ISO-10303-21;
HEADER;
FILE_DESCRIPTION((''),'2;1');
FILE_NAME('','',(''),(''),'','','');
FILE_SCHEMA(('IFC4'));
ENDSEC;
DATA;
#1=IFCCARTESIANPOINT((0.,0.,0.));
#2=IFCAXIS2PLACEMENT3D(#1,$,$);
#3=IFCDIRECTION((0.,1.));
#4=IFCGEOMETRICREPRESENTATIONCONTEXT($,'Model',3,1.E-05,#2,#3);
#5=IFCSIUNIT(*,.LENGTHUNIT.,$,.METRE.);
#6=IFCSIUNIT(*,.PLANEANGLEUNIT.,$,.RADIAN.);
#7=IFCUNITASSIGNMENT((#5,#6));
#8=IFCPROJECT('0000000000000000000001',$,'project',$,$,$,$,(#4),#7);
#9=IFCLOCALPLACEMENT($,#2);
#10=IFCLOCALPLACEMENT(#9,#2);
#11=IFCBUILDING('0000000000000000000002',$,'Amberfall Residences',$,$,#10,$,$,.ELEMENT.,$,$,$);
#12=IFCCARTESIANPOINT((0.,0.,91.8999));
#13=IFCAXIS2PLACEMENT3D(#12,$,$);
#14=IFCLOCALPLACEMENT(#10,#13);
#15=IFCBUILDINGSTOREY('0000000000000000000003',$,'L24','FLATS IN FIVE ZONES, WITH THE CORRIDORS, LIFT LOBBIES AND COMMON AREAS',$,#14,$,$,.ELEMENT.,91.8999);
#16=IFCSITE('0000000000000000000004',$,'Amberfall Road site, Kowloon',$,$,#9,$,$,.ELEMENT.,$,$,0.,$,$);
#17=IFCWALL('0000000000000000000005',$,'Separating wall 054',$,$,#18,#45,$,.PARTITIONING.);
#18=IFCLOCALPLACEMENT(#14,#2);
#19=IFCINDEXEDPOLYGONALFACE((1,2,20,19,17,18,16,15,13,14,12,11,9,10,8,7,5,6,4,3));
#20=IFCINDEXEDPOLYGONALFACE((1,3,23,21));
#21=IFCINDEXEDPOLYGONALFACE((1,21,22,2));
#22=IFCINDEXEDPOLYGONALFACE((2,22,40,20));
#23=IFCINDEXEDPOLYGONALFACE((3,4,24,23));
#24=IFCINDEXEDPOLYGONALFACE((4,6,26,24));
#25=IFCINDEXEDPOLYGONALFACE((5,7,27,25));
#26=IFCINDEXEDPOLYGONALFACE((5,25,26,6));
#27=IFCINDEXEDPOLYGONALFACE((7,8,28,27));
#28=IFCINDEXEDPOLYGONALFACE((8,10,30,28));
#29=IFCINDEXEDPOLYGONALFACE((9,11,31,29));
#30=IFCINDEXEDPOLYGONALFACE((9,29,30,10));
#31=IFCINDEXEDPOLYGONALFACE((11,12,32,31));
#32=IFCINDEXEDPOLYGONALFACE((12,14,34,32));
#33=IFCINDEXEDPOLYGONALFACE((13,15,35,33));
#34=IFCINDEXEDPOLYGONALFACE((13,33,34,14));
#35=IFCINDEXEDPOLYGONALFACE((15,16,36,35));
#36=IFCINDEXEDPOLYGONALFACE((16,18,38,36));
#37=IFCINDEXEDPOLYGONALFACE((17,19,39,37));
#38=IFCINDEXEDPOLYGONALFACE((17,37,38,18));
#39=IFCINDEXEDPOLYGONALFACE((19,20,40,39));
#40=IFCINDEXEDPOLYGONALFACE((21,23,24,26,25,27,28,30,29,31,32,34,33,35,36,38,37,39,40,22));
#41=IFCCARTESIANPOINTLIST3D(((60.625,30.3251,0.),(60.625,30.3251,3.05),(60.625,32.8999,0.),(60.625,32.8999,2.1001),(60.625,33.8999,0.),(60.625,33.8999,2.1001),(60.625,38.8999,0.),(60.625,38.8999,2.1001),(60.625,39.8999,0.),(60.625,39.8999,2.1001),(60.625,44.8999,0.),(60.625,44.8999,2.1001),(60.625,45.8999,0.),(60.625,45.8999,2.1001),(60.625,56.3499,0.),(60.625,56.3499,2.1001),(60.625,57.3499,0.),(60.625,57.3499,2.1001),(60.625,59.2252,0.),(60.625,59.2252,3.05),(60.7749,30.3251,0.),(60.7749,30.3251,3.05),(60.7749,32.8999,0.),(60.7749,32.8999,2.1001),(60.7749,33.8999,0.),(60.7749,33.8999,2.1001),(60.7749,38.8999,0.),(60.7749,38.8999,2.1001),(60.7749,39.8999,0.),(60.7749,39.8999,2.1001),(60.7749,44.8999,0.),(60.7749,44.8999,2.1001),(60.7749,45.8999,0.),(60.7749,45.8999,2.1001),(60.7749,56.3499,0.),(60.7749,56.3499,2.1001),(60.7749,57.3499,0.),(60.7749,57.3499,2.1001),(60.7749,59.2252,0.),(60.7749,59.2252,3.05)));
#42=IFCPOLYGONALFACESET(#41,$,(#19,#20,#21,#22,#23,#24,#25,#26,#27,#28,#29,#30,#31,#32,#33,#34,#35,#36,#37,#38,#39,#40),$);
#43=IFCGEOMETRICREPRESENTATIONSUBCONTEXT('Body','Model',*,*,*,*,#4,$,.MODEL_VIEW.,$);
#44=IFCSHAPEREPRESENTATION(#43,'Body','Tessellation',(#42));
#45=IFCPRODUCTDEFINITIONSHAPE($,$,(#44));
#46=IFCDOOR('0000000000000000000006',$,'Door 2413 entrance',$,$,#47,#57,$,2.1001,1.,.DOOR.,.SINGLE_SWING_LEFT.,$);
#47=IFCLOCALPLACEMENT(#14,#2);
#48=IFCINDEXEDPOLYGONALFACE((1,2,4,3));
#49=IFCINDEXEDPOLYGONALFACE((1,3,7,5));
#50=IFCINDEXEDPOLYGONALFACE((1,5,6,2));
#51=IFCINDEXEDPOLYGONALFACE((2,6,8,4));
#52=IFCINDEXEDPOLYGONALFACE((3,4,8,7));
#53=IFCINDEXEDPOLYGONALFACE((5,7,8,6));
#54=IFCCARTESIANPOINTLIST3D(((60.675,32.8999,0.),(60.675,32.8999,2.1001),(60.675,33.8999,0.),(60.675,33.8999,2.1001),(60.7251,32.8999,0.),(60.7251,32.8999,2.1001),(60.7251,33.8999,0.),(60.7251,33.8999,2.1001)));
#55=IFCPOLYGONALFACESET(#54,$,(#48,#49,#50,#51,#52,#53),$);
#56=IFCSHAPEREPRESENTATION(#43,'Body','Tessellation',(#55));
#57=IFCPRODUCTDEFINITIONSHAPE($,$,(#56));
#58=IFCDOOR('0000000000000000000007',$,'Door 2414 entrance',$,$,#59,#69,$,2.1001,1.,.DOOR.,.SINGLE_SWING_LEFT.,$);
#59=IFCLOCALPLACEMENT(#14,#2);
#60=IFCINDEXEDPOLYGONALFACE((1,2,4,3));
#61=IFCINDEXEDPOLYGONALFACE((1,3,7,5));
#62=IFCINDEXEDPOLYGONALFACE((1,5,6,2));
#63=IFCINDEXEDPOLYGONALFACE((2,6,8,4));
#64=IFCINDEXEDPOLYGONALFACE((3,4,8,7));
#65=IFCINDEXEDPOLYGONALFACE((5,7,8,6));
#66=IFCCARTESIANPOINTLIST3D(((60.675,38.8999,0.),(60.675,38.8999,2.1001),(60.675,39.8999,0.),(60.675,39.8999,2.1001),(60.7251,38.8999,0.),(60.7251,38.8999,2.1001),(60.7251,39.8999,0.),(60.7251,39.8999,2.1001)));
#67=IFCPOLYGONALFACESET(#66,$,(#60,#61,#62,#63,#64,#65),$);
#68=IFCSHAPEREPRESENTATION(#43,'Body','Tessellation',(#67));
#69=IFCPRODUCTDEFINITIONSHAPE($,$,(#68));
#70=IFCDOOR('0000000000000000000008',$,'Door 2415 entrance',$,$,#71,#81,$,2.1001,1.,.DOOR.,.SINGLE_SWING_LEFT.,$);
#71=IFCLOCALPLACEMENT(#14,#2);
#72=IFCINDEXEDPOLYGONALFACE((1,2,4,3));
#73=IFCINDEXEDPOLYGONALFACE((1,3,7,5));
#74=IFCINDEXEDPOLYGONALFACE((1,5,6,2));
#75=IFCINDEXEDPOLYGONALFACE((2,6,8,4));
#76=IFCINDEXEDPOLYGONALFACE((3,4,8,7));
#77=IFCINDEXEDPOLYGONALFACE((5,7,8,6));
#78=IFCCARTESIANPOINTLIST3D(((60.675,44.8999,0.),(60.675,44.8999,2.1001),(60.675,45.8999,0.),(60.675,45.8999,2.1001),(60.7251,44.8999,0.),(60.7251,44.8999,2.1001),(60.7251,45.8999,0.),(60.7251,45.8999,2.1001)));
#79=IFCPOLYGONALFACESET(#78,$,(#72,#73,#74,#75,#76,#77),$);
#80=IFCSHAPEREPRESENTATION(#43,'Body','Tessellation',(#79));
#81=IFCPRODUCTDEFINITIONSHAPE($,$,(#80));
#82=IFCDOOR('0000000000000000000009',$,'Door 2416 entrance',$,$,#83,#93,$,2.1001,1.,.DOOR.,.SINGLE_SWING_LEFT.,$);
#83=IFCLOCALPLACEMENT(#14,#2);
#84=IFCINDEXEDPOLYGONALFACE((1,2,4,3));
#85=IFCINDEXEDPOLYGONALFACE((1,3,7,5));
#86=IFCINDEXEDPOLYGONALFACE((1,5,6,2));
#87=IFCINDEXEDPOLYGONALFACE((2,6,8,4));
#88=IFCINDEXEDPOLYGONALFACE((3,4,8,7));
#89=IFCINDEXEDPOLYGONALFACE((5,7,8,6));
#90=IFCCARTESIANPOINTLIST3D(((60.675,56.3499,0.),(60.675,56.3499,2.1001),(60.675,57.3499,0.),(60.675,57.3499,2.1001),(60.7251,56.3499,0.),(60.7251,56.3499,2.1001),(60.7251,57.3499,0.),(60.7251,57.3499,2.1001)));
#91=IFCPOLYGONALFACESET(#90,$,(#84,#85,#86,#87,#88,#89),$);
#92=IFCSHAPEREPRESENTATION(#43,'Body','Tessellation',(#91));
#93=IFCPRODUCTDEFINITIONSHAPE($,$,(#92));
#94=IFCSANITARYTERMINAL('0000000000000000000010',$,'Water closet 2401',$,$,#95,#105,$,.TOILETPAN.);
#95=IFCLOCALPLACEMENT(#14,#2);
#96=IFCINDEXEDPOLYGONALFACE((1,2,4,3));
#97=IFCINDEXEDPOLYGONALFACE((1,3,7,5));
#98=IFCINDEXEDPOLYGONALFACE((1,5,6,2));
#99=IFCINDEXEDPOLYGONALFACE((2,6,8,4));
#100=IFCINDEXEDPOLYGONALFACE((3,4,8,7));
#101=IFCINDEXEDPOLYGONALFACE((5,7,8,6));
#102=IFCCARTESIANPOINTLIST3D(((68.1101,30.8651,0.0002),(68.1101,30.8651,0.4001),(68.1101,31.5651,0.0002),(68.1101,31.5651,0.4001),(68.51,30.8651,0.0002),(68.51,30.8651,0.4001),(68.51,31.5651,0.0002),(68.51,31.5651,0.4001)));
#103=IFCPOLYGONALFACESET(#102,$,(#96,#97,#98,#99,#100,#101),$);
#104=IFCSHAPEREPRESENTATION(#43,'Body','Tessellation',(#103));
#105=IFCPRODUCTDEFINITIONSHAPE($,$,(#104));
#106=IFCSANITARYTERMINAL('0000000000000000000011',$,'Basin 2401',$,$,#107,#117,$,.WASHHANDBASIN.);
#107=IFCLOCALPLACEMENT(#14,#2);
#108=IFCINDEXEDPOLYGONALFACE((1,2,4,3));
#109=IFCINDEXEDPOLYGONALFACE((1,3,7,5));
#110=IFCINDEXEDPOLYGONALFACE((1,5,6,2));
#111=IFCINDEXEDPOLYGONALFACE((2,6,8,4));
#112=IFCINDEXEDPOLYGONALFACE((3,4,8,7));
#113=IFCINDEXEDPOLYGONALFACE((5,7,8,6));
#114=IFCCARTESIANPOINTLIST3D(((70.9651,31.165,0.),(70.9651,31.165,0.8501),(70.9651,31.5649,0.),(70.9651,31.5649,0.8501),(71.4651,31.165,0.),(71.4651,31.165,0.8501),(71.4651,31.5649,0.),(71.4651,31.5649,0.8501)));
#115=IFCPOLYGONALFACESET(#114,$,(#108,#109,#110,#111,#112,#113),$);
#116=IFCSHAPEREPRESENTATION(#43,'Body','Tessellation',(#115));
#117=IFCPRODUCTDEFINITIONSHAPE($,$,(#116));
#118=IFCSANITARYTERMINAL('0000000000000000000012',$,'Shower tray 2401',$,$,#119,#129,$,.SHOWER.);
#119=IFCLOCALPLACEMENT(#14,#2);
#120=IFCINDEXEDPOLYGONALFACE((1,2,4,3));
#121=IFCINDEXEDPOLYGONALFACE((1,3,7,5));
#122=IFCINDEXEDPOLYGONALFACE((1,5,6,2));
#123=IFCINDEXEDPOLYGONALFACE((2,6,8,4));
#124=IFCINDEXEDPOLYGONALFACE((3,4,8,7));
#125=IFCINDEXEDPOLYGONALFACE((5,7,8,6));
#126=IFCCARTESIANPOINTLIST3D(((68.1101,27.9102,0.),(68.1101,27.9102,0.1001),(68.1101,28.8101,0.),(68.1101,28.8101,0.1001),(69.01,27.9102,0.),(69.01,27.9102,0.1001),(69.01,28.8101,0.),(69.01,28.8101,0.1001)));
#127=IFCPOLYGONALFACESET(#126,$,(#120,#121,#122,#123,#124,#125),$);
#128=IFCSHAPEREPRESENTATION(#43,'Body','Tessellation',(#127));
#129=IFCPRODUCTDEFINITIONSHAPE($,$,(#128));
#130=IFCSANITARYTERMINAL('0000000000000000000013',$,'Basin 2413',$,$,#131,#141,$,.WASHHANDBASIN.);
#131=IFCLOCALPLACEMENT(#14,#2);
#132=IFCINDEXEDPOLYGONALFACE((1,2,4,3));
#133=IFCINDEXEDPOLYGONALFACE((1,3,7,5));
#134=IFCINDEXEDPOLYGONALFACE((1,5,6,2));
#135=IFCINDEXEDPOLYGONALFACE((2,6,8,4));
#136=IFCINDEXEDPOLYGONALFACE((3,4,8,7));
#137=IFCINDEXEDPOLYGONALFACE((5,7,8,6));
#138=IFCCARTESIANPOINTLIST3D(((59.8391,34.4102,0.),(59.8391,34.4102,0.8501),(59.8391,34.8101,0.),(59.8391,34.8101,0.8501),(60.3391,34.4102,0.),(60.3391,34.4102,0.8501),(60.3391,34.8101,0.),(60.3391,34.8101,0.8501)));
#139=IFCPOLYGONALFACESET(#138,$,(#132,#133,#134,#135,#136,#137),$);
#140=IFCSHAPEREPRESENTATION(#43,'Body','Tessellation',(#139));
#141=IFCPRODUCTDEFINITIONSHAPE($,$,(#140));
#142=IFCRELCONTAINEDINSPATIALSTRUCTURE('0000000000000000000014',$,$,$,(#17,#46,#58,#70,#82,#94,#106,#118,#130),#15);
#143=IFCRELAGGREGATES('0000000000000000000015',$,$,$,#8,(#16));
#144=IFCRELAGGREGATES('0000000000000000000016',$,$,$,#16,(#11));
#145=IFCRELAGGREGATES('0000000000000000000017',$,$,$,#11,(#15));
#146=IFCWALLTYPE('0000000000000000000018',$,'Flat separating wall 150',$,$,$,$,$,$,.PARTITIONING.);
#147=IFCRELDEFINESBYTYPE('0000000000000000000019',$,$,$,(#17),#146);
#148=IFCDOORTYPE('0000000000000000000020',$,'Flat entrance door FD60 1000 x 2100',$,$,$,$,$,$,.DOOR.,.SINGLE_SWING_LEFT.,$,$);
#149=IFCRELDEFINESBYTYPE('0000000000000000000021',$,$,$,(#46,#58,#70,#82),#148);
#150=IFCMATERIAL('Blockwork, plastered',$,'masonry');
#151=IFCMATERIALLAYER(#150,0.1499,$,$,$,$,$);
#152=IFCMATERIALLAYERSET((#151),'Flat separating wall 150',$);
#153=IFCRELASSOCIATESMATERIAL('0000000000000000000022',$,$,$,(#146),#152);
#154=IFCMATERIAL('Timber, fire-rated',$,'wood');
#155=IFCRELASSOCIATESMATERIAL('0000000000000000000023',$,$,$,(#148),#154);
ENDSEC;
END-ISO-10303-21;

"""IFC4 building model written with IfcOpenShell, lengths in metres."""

from ifc_helpers import new_model, si_unit, direction, frame, frame_2d, origin, origin_2d, place, context, subcontext, project, spatial, rectangle, extrude, material, layer, layer_set, type_object, element, fill, save


model = new_model("IFC4")

# Units and contexts
model_context = context("Model", 3, precision=1e-05, world=origin(), true_north=direction((0.0, 1.0)))
body_context = subcontext(model_context, "Body", "Model", "MODEL_VIEW")
ifc_project = project(units=[si_unit("LENGTHUNIT", "METRE"), si_unit("PLANEANGLEUNIT", "RADIAN")], contexts=[model_context])

# Site, building, storey
site_placement = place(None, origin())
site = spatial("IfcSite", under=ifc_project, at=site_placement, Name="Amberfall Road site, Kowloon", CompositionType="ELEMENT", RefElevation=0.0)
building_placement = place(site_placement, origin())
building = spatial("IfcBuilding", under=site, at=building_placement, Name="Amberfall Residences", CompositionType="ELEMENT")
storey_placement = place(building_placement, frame((0.0, 0.0, 91.8999)))
storey = spatial("IfcBuildingStorey", under=building, at=storey_placement, Name="L24", Description="FLATS IN FIVE ZONES, WITH THE CORRIDORS, LIFT LOBBIES AND COMMON AREAS", CompositionType="ELEMENT", Elevation=91.8999)

# Wall, openings, doors
ifc_material_1 = material(Name="Blockwork, plastered", Category="masonry")
ifc_layer_1 = layer(ifc_material_1, 0.1499)
ifc_layer_set_1 = layer_set([ifc_layer_1], Name="Flat separating wall 150")
wall_type_1 = type_object("IfcWallType", Name="Flat separating wall 150", PredefinedType="PARTITIONING", material=ifc_layer_set_1)
wall_1_placement = place(storey_placement, frame((60.7, 30.325, 0.0), z_axis=(0.0, 0.0, 1.0), x_axis=(0.0, 1.0, 0.0)))
wall_1 = element("IfcWall", 1, at=wall_1_placement, inside=storey, type_object=wall_type_1, Name="Separating wall 054", PredefinedType="PARTITIONING", context=body_context, shape_type="SweptSolid", body=[
    extrude(rectangle(XDim=28.9001, YDim=0.1499, at=frame_2d((14.4502, 0.0))), origin(), (0.0, 0.0, 1.0), 3.05),
])
opening_1_placement = place(wall_1_placement, frame((2.575, 0.0, 0.0)))
opening_1 = element("IfcOpeningElement", 2, at=opening_1_placement, cuts=wall_1, PredefinedType="OPENING", context=body_context, shape_type="SweptSolid", body=[
    extrude(rectangle(XDim=1.0, YDim=2.1001, at=frame_2d((0.5, 1.05))), frame((0.0, 0.085, 0.0), z_axis=(0.0, -1.0, 0.0), x_axis=(1.0, 0.0, 0.0)), (0.0, 0.0, 1.0), 0.1699),
])
opening_2_placement = place(wall_1_placement, frame((8.575, 0.0, 0.0)))
opening_2 = element("IfcOpeningElement", 3, at=opening_2_placement, cuts=wall_1, PredefinedType="OPENING", context=body_context, shape_type="SweptSolid", body=[
    extrude(rectangle(XDim=1.0, YDim=2.1001, at=frame_2d((0.5, 1.05))), frame((0.0, 0.085, 0.0), z_axis=(0.0, -1.0, 0.0), x_axis=(1.0, 0.0, 0.0)), (0.0, 0.0, 1.0), 0.1699),
])
opening_3_placement = place(wall_1_placement, frame((14.575, 0.0, 0.0)))
opening_3 = element("IfcOpeningElement", 4, at=opening_3_placement, cuts=wall_1, PredefinedType="OPENING", context=body_context, shape_type="SweptSolid", body=[
    extrude(rectangle(XDim=1.0, YDim=2.1001, at=frame_2d((0.5, 1.05))), frame((0.0, 0.085, 0.0), z_axis=(0.0, -1.0, 0.0), x_axis=(1.0, 0.0, 0.0)), (0.0, 0.0, 1.0), 0.1699),
])
opening_4_placement = place(wall_1_placement, frame((26.0249, 0.0, 0.0)))
opening_4 = element("IfcOpeningElement", 5, at=opening_4_placement, cuts=wall_1, PredefinedType="OPENING", context=body_context, shape_type="SweptSolid", body=[
    extrude(rectangle(XDim=1.0, YDim=2.1001, at=frame_2d((0.5, 1.05))), frame((0.0, 0.085, 0.0), z_axis=(0.0, -1.0, 0.0), x_axis=(1.0, 0.0, 0.0)), (0.0, 0.0, 1.0), 0.1699),
])
ifc_material_2 = material(Name="Timber, fire-rated", Category="wood")
door_type_1 = type_object("IfcDoorType", Name="Flat entrance door FD60 1000 x 2100", OperationType="SINGLE_SWING_LEFT", PredefinedType="DOOR", material=ifc_material_2)
door_1_placement = place(opening_1_placement, origin())
door_1 = element("IfcDoor", 6, at=door_1_placement, inside=storey, type_object=door_type_1, Name="Door 2413 entrance", OperationType="SINGLE_SWING_LEFT", OverallHeight=2.1001, OverallWidth=1.0, PredefinedType="DOOR", context=body_context, shape_type="SweptSolid", body=[
    extrude(rectangle(XDim=1.0, YDim=2.1001, at=frame_2d((0.5, 1.05))), frame((0.0, 0.0249, 0.0), z_axis=(0.0, -1.0, 0.0), x_axis=(1.0, 0.0, 0.0)), (0.0, 0.0, 1.0), 0.05),
])
fill(opening_1, door_1)
door_2_placement = place(opening_2_placement, origin())
door_2 = element("IfcDoor", 7, at=door_2_placement, inside=storey, type_object=door_type_1, Name="Door 2414 entrance", OperationType="SINGLE_SWING_LEFT", OverallHeight=2.1001, OverallWidth=1.0, PredefinedType="DOOR", context=body_context, shape_type="SweptSolid", body=[
    extrude(rectangle(XDim=1.0, YDim=2.1001, at=frame_2d((0.5, 1.05))), frame((0.0, 0.0249, 0.0), z_axis=(0.0, -1.0, 0.0), x_axis=(1.0, 0.0, 0.0)), (0.0, 0.0, 1.0), 0.05),
])
fill(opening_2, door_2)
door_3_placement = place(opening_3_placement, origin())
door_3 = element("IfcDoor", 8, at=door_3_placement, inside=storey, type_object=door_type_1, Name="Door 2415 entrance", OperationType="SINGLE_SWING_LEFT", OverallHeight=2.1001, OverallWidth=1.0, PredefinedType="DOOR", context=body_context, shape_type="SweptSolid", body=[
    extrude(rectangle(XDim=1.0, YDim=2.1001, at=frame_2d((0.5, 1.05))), frame((0.0, 0.0249, 0.0), z_axis=(0.0, -1.0, 0.0), x_axis=(1.0, 0.0, 0.0)), (0.0, 0.0, 1.0), 0.05),
])
fill(opening_3, door_3)
door_4_placement = place(opening_4_placement, origin())
door_4 = element("IfcDoor", 9, at=door_4_placement, inside=storey, type_object=door_type_1, Name="Door 2416 entrance", OperationType="SINGLE_SWING_LEFT", OverallHeight=2.1001, OverallWidth=1.0, PredefinedType="DOOR", context=body_context, shape_type="SweptSolid", body=[
    extrude(rectangle(XDim=1.0, YDim=2.1001, at=frame_2d((0.5, 1.05))), frame((0.0, 0.0249, 0.0), z_axis=(0.0, -1.0, 0.0), x_axis=(1.0, 0.0, 0.0)), (0.0, 0.0, 1.0), 0.05),
])
fill(opening_4, door_4)

# Sanitary terminals
sanitary_terminal_1_placement = place(storey_placement, frame((68.3101, 31.2151, 0.0002), z_axis=(0.0, 0.0, 1.0), x_axis=(1.0, 0.0, 0.0)))
element("IfcSanitaryTerminal", 10, at=sanitary_terminal_1_placement, inside=storey, Name="Water closet 2401", PredefinedType="TOILETPAN", context=body_context, shape_type="SweptSolid", body=[
    extrude(rectangle(XDim=0.3999, YDim=0.7, at=origin_2d()), origin(), (0.0, 0.0, 1.0), 0.3999),
])
sanitary_terminal_2_placement = place(storey_placement, frame((71.2151, 31.365, 0.0), z_axis=(0.0, 0.0, 1.0), x_axis=(1.0, 0.0, 0.0)))
element("IfcSanitaryTerminal", 11, at=sanitary_terminal_2_placement, inside=storey, Name="Basin 2401", PredefinedType="WASHHANDBASIN", context=body_context, shape_type="SweptSolid", body=[
    extrude(rectangle(XDim=0.5, YDim=0.3999, at=origin_2d()), origin(), (0.0, 0.0, 1.0), 0.8501),
])
sanitary_terminal_3_placement = place(storey_placement, frame((68.5601, 28.3601, 0.0), z_axis=(0.0, 0.0, 1.0), x_axis=(1.0, 0.0, 0.0)))
element("IfcSanitaryTerminal", 12, at=sanitary_terminal_3_placement, inside=storey, Name="Shower tray 2401", PredefinedType="SHOWER", context=body_context, shape_type="SweptSolid", body=[
    extrude(rectangle(XDim=0.8999, YDim=0.8999, at=origin_2d()), origin(), (0.0, 0.0, 1.0), 0.1001),
])
sanitary_terminal_4_placement = place(storey_placement, frame((60.0891, 34.6101, 0.0), z_axis=(0.0, 0.0, 1.0), x_axis=(1.0, 0.0, 0.0)))
element("IfcSanitaryTerminal", 13, at=sanitary_terminal_4_placement, inside=storey, Name="Basin 2413", PredefinedType="WASHHANDBASIN", context=body_context, shape_type="SweptSolid", body=[
    extrude(rectangle(XDim=0.5, YDim=0.3999, at=origin_2d()), origin(), (0.0, 0.0, 1.0), 0.8501),
])

save(model, "model.ifc")
